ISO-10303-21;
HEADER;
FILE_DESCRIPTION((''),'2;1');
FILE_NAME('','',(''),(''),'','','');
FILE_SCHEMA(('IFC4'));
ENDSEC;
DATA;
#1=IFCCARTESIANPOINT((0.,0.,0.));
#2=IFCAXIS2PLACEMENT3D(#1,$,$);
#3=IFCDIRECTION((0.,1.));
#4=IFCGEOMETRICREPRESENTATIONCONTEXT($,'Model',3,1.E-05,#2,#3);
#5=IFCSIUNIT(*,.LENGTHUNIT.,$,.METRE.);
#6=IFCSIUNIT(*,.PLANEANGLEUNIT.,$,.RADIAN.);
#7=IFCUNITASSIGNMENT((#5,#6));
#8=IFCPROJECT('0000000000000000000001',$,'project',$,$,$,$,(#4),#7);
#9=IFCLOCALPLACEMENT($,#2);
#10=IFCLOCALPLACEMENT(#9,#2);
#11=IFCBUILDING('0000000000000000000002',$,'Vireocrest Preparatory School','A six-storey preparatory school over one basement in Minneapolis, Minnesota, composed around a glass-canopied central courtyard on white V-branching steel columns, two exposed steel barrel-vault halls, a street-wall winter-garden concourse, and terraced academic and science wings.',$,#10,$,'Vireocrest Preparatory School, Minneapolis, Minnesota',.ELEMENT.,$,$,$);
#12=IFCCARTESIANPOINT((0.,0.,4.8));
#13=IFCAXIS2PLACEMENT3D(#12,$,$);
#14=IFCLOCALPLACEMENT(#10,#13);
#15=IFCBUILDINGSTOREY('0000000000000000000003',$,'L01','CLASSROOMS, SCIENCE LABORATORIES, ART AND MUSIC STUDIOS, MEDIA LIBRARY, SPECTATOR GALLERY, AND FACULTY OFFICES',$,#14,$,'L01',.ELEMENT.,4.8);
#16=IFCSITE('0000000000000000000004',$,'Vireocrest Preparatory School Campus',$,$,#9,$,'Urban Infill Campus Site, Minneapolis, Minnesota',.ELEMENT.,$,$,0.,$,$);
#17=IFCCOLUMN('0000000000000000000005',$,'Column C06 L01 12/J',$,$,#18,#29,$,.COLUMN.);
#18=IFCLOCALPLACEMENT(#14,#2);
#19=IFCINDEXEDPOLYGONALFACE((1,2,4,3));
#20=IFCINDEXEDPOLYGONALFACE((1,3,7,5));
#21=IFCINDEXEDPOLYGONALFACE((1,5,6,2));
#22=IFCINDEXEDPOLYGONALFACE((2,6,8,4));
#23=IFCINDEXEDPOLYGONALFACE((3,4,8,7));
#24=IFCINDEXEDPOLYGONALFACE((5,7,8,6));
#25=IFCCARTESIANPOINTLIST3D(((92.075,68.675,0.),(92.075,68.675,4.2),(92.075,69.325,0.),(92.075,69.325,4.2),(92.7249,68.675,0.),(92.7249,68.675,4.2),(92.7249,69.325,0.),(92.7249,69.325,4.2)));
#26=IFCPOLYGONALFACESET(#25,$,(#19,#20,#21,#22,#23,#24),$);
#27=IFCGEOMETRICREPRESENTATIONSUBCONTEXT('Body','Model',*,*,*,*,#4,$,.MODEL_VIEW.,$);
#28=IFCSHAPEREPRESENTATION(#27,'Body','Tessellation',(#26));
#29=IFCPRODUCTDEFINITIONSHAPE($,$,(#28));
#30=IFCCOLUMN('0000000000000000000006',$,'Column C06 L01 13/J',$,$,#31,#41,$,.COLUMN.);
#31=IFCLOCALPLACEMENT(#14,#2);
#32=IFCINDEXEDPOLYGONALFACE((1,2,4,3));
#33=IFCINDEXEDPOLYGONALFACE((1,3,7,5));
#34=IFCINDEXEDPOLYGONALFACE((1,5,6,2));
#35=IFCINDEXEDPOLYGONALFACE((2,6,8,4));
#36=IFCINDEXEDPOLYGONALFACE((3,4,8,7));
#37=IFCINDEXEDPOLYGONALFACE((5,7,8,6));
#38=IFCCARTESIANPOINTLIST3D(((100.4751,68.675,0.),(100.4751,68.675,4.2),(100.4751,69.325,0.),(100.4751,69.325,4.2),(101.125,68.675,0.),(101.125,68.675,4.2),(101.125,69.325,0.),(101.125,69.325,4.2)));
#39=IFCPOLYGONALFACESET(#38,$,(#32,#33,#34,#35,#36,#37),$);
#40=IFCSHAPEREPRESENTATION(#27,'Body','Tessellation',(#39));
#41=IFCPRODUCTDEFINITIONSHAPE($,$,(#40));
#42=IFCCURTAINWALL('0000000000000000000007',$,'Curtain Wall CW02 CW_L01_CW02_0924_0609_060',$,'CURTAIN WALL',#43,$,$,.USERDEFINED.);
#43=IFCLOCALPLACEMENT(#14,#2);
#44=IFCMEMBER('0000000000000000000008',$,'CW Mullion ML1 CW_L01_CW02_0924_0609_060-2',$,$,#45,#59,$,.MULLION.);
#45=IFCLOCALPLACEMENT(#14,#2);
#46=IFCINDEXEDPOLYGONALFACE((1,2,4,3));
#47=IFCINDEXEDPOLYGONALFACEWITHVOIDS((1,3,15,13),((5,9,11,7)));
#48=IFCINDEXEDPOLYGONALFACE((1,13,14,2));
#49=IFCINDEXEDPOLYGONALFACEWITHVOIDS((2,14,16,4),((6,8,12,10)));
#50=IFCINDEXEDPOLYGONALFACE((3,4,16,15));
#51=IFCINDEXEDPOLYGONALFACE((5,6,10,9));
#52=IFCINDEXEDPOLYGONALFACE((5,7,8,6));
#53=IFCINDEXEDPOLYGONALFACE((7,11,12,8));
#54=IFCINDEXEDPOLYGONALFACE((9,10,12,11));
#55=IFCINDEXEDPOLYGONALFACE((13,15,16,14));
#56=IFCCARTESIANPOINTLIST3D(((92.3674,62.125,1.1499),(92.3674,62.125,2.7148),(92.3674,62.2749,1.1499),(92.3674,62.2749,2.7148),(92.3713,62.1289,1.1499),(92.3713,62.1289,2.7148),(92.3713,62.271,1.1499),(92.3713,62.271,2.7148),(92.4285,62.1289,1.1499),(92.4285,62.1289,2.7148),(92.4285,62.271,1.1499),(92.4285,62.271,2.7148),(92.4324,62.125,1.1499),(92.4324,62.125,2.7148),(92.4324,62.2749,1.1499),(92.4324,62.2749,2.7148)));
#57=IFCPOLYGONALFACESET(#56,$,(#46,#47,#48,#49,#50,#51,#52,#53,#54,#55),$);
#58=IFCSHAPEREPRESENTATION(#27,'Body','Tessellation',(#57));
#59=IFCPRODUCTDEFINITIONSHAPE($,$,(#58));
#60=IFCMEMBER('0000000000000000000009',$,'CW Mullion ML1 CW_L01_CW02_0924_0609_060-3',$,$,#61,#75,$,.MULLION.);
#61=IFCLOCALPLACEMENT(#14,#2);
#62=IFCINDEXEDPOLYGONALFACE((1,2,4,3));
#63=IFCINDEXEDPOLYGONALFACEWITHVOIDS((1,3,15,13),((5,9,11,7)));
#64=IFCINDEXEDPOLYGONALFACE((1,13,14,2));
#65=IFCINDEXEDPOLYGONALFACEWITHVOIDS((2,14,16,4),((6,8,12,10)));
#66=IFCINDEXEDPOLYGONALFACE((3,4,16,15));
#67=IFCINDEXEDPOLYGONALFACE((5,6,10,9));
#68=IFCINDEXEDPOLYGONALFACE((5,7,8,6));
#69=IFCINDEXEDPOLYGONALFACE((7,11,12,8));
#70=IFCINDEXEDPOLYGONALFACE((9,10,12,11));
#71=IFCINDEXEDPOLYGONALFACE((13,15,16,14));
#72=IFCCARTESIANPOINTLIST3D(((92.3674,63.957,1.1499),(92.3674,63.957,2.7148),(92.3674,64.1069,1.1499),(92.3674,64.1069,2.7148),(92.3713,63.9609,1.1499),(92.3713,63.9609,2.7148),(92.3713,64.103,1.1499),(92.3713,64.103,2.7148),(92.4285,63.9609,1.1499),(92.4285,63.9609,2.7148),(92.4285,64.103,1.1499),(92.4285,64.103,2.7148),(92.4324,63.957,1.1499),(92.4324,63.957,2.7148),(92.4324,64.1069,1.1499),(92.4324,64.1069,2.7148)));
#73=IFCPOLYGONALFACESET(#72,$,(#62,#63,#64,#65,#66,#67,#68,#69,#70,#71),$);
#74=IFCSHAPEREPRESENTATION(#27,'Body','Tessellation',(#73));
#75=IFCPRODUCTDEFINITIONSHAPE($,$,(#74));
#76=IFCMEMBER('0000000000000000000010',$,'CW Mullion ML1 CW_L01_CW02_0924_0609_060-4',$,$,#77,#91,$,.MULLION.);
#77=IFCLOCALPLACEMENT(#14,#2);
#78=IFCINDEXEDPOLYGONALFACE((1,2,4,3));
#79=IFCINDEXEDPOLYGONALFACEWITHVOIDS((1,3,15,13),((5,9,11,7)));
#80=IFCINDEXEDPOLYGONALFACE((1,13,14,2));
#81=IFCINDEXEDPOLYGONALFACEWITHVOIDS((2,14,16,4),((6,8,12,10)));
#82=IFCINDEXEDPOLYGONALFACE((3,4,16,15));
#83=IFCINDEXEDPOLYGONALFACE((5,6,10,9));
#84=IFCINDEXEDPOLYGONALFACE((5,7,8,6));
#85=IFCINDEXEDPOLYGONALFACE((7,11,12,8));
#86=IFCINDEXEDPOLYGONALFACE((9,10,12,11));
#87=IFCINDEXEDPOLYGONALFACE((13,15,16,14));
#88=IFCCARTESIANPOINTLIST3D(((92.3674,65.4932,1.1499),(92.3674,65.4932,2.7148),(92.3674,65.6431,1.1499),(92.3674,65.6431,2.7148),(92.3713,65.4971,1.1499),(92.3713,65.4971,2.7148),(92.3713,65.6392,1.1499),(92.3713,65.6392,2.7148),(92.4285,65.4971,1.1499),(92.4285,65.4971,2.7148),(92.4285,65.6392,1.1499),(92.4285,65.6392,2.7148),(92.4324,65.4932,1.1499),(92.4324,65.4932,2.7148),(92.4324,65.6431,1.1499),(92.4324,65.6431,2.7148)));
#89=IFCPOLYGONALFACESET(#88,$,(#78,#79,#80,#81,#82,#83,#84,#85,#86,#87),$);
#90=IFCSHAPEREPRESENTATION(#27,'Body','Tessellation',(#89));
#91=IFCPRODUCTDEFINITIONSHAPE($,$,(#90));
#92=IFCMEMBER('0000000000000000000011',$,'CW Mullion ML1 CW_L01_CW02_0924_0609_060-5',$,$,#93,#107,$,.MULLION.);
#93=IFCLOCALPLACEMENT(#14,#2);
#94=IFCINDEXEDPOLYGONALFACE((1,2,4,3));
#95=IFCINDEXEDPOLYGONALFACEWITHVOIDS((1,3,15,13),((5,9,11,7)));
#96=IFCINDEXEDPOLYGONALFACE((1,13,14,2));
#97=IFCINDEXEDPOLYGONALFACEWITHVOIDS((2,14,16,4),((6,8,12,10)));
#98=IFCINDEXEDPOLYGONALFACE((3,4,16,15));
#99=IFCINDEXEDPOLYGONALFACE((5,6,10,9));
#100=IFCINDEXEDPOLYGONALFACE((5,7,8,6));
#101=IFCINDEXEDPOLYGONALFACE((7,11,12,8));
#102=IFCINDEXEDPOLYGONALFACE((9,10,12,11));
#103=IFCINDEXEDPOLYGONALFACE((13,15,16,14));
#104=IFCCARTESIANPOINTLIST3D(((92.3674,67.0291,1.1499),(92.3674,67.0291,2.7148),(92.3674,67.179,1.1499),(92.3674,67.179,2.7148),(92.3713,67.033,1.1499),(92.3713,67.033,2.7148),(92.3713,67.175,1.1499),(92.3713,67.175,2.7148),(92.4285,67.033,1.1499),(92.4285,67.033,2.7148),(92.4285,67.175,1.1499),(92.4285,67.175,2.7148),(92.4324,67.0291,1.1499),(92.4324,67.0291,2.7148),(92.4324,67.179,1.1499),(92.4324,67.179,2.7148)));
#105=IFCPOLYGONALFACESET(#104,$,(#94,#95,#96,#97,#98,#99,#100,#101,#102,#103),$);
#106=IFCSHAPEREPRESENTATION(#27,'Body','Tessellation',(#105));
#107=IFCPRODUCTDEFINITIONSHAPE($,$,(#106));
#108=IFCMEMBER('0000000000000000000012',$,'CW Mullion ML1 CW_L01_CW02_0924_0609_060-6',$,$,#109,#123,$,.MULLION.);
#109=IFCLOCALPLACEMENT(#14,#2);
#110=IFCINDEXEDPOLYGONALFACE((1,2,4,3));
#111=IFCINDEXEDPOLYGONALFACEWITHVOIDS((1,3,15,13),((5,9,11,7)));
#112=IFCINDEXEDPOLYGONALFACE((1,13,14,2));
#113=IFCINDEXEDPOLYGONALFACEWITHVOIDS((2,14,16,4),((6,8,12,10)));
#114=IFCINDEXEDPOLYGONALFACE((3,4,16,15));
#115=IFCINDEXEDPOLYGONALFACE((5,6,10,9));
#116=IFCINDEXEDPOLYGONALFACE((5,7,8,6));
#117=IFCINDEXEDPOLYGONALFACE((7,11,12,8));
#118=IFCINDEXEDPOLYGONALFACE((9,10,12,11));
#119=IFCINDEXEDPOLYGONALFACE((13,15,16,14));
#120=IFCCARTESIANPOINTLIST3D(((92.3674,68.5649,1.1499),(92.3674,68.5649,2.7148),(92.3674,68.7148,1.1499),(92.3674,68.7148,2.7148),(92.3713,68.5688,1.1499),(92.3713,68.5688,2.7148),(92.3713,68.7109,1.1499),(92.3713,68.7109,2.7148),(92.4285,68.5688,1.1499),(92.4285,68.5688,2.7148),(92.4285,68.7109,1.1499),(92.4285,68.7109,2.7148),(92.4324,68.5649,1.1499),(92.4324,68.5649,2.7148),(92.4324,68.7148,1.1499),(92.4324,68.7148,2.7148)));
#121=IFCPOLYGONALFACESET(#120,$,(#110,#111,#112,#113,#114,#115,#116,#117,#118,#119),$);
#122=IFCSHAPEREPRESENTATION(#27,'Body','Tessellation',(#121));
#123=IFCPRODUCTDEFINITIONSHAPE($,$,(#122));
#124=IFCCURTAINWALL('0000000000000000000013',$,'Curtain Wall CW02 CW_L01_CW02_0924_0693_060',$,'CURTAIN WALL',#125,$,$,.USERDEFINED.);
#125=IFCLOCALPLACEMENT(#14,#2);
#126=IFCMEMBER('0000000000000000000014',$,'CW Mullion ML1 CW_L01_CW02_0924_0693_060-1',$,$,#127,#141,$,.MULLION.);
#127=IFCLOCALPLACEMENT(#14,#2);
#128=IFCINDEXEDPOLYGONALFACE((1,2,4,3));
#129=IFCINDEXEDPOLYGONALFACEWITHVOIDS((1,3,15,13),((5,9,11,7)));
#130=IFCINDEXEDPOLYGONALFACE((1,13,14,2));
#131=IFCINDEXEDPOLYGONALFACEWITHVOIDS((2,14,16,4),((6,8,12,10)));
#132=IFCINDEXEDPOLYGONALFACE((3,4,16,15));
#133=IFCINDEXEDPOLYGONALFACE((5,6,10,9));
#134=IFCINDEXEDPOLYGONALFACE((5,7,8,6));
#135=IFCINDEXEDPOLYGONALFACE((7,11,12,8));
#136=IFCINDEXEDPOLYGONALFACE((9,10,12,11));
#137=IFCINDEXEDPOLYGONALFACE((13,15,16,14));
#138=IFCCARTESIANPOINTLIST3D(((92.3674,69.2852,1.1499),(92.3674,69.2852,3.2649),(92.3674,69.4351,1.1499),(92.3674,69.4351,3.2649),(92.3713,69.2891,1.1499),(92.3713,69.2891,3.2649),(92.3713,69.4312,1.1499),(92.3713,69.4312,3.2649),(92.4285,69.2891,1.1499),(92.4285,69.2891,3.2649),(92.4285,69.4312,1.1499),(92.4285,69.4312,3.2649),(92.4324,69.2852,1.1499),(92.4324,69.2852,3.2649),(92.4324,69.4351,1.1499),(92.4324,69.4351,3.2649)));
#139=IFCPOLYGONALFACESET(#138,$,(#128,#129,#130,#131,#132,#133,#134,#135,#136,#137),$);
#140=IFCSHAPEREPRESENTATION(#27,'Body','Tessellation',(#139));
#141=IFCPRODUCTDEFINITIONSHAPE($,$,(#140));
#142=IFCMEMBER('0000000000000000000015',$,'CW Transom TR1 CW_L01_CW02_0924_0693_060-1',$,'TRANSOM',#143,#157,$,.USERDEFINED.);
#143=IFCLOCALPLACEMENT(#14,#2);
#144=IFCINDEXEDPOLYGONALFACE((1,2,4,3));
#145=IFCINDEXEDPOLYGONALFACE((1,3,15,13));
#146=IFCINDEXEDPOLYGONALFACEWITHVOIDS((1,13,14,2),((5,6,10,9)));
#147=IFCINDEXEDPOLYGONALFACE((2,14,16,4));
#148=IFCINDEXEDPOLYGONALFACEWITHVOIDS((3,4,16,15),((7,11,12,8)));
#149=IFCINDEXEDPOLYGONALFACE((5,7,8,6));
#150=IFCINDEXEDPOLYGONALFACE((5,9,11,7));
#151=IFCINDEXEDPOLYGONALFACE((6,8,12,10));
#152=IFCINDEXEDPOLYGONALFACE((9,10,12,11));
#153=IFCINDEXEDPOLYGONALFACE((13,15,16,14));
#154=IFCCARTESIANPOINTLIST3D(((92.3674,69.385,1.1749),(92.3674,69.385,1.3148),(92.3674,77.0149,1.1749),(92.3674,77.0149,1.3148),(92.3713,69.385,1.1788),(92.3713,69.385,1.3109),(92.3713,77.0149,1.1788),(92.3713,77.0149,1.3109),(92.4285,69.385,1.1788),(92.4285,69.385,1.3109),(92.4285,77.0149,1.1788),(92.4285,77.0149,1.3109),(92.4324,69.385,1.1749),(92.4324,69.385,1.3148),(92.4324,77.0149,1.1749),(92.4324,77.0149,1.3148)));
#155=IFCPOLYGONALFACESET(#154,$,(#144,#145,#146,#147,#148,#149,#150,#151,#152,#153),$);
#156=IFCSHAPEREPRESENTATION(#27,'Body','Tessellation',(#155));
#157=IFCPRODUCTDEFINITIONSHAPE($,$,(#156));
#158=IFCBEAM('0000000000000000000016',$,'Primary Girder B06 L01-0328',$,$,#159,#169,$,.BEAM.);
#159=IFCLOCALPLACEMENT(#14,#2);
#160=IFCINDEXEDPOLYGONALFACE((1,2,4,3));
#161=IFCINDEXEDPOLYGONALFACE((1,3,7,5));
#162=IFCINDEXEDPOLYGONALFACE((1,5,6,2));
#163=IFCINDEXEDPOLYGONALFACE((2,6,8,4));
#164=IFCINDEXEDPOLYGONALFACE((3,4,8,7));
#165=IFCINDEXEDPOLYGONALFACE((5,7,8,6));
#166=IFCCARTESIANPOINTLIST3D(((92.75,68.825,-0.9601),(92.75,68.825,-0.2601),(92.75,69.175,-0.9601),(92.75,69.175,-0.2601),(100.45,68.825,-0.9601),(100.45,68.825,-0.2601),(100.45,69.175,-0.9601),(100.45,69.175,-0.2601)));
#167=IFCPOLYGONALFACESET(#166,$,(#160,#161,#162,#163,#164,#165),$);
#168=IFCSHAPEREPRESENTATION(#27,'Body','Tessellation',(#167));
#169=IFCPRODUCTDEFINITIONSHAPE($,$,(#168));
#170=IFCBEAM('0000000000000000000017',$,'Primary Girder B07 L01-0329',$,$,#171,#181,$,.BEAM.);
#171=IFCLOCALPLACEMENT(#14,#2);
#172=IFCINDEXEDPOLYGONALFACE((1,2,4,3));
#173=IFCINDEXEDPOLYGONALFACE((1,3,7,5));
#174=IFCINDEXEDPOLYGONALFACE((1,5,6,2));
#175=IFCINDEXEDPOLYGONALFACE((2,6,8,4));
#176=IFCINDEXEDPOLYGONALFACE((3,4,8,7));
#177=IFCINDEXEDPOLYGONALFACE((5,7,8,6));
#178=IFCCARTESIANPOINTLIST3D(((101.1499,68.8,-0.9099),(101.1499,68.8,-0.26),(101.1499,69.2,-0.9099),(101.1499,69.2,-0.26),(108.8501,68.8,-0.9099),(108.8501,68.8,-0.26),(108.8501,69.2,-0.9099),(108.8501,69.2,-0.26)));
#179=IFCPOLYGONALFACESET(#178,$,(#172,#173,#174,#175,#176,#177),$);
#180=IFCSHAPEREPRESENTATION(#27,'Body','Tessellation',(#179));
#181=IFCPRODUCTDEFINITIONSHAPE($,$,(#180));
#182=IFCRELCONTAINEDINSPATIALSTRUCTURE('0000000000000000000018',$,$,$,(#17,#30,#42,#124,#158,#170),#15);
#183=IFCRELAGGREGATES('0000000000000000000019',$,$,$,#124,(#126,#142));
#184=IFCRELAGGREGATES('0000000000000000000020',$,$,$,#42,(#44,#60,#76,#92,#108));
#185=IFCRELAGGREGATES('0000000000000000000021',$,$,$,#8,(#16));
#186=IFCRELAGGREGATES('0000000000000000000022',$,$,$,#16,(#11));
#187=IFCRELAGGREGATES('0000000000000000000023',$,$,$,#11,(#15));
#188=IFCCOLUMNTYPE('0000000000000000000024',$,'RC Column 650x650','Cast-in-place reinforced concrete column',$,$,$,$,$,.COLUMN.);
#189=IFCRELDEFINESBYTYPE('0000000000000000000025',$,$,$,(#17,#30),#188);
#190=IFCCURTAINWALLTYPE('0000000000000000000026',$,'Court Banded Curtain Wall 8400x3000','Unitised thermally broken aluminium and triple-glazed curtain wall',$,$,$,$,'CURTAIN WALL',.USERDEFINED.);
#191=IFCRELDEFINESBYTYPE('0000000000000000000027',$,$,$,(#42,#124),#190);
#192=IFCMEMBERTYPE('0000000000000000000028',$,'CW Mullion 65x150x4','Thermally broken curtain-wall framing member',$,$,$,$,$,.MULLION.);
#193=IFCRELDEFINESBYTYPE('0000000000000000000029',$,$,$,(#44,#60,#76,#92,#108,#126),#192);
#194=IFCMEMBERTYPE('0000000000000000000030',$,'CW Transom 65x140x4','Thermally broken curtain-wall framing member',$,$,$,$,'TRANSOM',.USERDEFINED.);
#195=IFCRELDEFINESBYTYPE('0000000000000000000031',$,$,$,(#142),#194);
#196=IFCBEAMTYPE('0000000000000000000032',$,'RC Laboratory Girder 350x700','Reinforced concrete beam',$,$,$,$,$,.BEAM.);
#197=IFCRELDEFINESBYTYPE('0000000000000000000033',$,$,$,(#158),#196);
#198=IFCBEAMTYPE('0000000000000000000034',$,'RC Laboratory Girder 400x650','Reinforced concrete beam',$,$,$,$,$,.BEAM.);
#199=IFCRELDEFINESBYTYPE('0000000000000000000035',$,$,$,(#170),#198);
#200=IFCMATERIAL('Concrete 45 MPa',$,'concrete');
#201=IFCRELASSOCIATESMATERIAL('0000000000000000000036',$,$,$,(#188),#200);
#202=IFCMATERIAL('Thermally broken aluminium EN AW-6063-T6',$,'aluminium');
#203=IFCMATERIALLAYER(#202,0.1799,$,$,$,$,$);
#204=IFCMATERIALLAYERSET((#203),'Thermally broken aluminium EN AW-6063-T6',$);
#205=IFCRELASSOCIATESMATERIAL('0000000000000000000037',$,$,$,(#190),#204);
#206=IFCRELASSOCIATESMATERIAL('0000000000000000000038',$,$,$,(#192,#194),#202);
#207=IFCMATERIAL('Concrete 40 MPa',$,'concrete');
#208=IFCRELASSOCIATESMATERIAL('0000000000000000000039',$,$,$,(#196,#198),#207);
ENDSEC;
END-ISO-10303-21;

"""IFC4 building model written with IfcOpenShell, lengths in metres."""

from ifc_helpers import new_model, si_unit, direction, frame, origin, origin_2d, place, context, subcontext, project, spatial, rectangle, hollow_rectangle, extrude, material, layer, layer_set, material_profile, profile_set, type_object, element, aggregate, save


model = new_model("IFC4")

# Units and contexts
model_context = context("Model", 3, precision=1e-05, world=origin(), true_north=direction((0.0, 1.0)))
body_context = subcontext(model_context, "Body", "Model", "MODEL_VIEW")
ifc_project = project(units=[si_unit("LENGTHUNIT", "METRE"), si_unit("PLANEANGLEUNIT", "RADIAN")], contexts=[model_context])

# Site, building, storey
site_placement = place(None, origin())
site = spatial("IfcSite", under=ifc_project, at=site_placement, Name="Vireocrest Preparatory School Campus", LongName="Urban Infill Campus Site, Minneapolis, Minnesota", CompositionType="ELEMENT", RefElevation=0.0)
building_placement = place(site_placement, origin())
building = spatial("IfcBuilding", under=site, at=building_placement, Name="Vireocrest Preparatory School", Description="A six-storey preparatory school over one basement in Minneapolis, Minnesota, composed around a glass-canopied central courtyard on white V-branching steel columns, two exposed steel barrel-vault halls, a street-wall winter-garden concourse, and terraced academic and science wings.", LongName="Vireocrest Preparatory School, Minneapolis, Minnesota", CompositionType="ELEMENT")
storey_placement = place(building_placement, frame((0.0, 0.0, 4.8)))
storey = spatial("IfcBuildingStorey", under=building, at=storey_placement, Name="L01", Description="CLASSROOMS, SCIENCE LABORATORIES, ART AND MUSIC STUDIOS, MEDIA LIBRARY, SPECTATOR GALLERY, AND FACULTY OFFICES", LongName="L01", CompositionType="ELEMENT", Elevation=4.8)

# Columns
ifc_material_1 = material(Name="Concrete 45 MPa", Category="concrete")
ifc_material_profile_1 = material_profile(ifc_material_1, rectangle(XDim=0.6499, YDim=0.6499, at=origin_2d()), Name="RC 650x650")
ifc_profile_set_1 = profile_set([ifc_material_profile_1], Name="Concrete 45 MPa")
column_type = type_object("IfcColumnType", Name="RC Column 650x650", Description="Cast-in-place reinforced concrete column", PredefinedType="COLUMN", material=ifc_profile_set_1)
for number, where, z_axis, x_axis, name in (
    (1, (92.3999, 69.0, 0.0), (0.0, 0.0, 1.0), (1.0, 0.0, 0.0), "Column C06 L01 12/J"),
    (2, (100.8, 69.0, 0.0), (0.0, 0.0, 1.0), (1.0, 0.0, 0.0), "Column C06 L01 13/J"),
):
    element("IfcColumn", number, at=place(storey_placement, frame(where, z_axis=z_axis, x_axis=x_axis)), inside=storey, type_object=column_type, Name=name, PredefinedType="COLUMN", context=body_context, shape_type="SweptSolid", body=[
        extrude(rectangle(XDim=0.6499, YDim=0.6499, at=origin_2d()), origin(), (0.0, 0.0, 1.0), 4.2),
    ])

# Curtain walls, members
ifc_material_2 = material(Name="Thermally broken aluminium EN AW-6063-T6", Category="aluminium")
ifc_layer_1 = layer(ifc_material_2, 0.1799)
ifc_layer_set_1 = layer_set([ifc_layer_1], Name="Thermally broken aluminium EN AW-6063-T6")
curtain_wall_type = type_object("IfcCurtainWallType", Name="Court Banded Curtain Wall 8400x3000", Description="Unitised thermally broken aluminium and triple-glazed curtain wall", ElementType="CURTAIN WALL", PredefinedType="USERDEFINED", material=ifc_layer_set_1)
curtain_wall_1_placement = place(storey_placement, origin())
curtain_wall_1 = element("IfcCurtainWall", 3, at=curtain_wall_1_placement, inside=storey, type_object=curtain_wall_type, Name="Curtain Wall CW02 CW_L01_CW02_0924_0609_060", ObjectType="CURTAIN WALL", PredefinedType="USERDEFINED")
ifc_material_profile_2 = material_profile(ifc_material_2, hollow_rectangle(XDim=0.0649, YDim=0.1499, WallThickness=0.0039, at=origin_2d()), Name="ALU 65x150x4")
ifc_profile_set_2 = profile_set([ifc_material_profile_2], Name="Thermally broken aluminium EN AW-6063-T6")
member_type_1 = type_object("IfcMemberType", Name="CW Mullion 65x150x4", Description="Thermally broken curtain-wall framing member", PredefinedType="MULLION", material=ifc_profile_set_2)
member_1_placement = place(storey_placement, frame((92.3999, 62.2, 1.1499), z_axis=(0.0, 0.0, 1.0), x_axis=(1.0, 0.0, 0.0)))
member_1 = element("IfcMember", 4, at=member_1_placement, type_object=member_type_1, Name="CW Mullion ML1 CW_L01_CW02_0924_0609_060-2", PredefinedType="MULLION", context=body_context, shape_type="SweptSolid", body=[
    extrude(hollow_rectangle(XDim=0.0649, YDim=0.1499, WallThickness=0.0039, at=origin_2d()), origin(), (0.0, 0.0, 1.0), 1.5649),
])
member_2_placement = place(storey_placement, frame((92.3999, 64.032, 1.1499), z_axis=(0.0, 0.0, 1.0), x_axis=(1.0, 0.0, 0.0)))
member_2 = element("IfcMember", 5, at=member_2_placement, type_object=member_type_1, Name="CW Mullion ML1 CW_L01_CW02_0924_0609_060-3", PredefinedType="MULLION", context=body_context, shape_type="SweptSolid", body=[
    extrude(hollow_rectangle(XDim=0.0649, YDim=0.1499, WallThickness=0.0039, at=origin_2d()), origin(), (0.0, 0.0, 1.0), 1.5649),
])
member_3_placement = place(storey_placement, frame((92.3999, 65.5681, 1.1499), z_axis=(0.0, 0.0, 1.0), x_axis=(1.0, 0.0, 0.0)))
member_3 = element("IfcMember", 6, at=member_3_placement, type_object=member_type_1, Name="CW Mullion ML1 CW_L01_CW02_0924_0609_060-4", PredefinedType="MULLION", context=body_context, shape_type="SweptSolid", body=[
    extrude(hollow_rectangle(XDim=0.0649, YDim=0.1499, WallThickness=0.0039, at=origin_2d()), origin(), (0.0, 0.0, 1.0), 1.5649),
])
member_4_placement = place(storey_placement, frame((92.3999, 67.104, 1.1499), z_axis=(0.0, 0.0, 1.0), x_axis=(1.0, 0.0, 0.0)))
member_4 = element("IfcMember", 7, at=member_4_placement, type_object=member_type_1, Name="CW Mullion ML1 CW_L01_CW02_0924_0609_060-5", PredefinedType="MULLION", context=body_context, shape_type="SweptSolid", body=[
    extrude(hollow_rectangle(XDim=0.0649, YDim=0.1499, WallThickness=0.0039, at=origin_2d()), origin(), (0.0, 0.0, 1.0), 1.5649),
])
member_5_placement = place(storey_placement, frame((92.3999, 68.6399, 1.1499), z_axis=(0.0, 0.0, 1.0), x_axis=(1.0, 0.0, 0.0)))
member_5 = element("IfcMember", 8, at=member_5_placement, type_object=member_type_1, Name="CW Mullion ML1 CW_L01_CW02_0924_0609_060-6", PredefinedType="MULLION", context=body_context, shape_type="SweptSolid", body=[
    extrude(hollow_rectangle(XDim=0.0649, YDim=0.1499, WallThickness=0.0039, at=origin_2d()), origin(), (0.0, 0.0, 1.0), 1.5649),
])
curtain_wall_2_placement = place(storey_placement, origin())
curtain_wall_2 = element("IfcCurtainWall", 9, at=curtain_wall_2_placement, inside=storey, type_object=curtain_wall_type, Name="Curtain Wall CW02 CW_L01_CW02_0924_0693_060", ObjectType="CURTAIN WALL", PredefinedType="USERDEFINED")
member_6_placement = place(storey_placement, frame((92.3999, 69.3601, 1.1499), z_axis=(0.0, 0.0, 1.0), x_axis=(1.0, 0.0, 0.0)))
member_6 = element("IfcMember", 10, at=member_6_placement, type_object=member_type_1, Name="CW Mullion ML1 CW_L01_CW02_0924_0693_060-1", PredefinedType="MULLION", context=body_context, shape_type="SweptSolid", body=[
    extrude(hollow_rectangle(XDim=0.0649, YDim=0.1499, WallThickness=0.0039, at=origin_2d()), origin(), (0.0, 0.0, 1.0), 2.115),
])
ifc_material_profile_3 = material_profile(ifc_material_2, hollow_rectangle(XDim=0.0649, YDim=0.1399, WallThickness=0.0039, at=origin_2d()), Name="ALU 65x140x4")
ifc_profile_set_3 = profile_set([ifc_material_profile_3], Name="Thermally broken aluminium EN AW-6063-T6")
member_type_2 = type_object("IfcMemberType", Name="CW Transom 65x140x4", Description="Thermally broken curtain-wall framing member", ElementType="TRANSOM", PredefinedType="USERDEFINED", material=ifc_profile_set_3)
member_7_placement = place(storey_placement, frame((92.3999, 69.385, 1.2449), z_axis=(0.0, 1.0, 0.0), x_axis=(-1.0, 0.0, 0.0)))
member_7 = element("IfcMember", 11, at=member_7_placement, type_object=member_type_2, Name="CW Transom TR1 CW_L01_CW02_0924_0693_060-1", ObjectType="TRANSOM", PredefinedType="USERDEFINED", context=body_context, shape_type="SweptSolid", body=[
    extrude(hollow_rectangle(XDim=0.0649, YDim=0.1399, WallThickness=0.0039, at=origin_2d()), origin(), (0.0, 0.0, 1.0), 7.6299),
])
aggregate(curtain_wall_2, [member_6, member_7])

# Beams
ifc_material_3 = material(Name="Concrete 40 MPa", Category="concrete")
ifc_material_profile_4 = material_profile(ifc_material_3, rectangle(XDim=0.3501, YDim=0.7, at=origin_2d()), Name="RC 350x700")
ifc_profile_set_4 = profile_set([ifc_material_profile_4], Name="Concrete 40 MPa")
beam_type_1 = type_object("IfcBeamType", Name="RC Laboratory Girder 350x700", Description="Reinforced concrete beam", PredefinedType="BEAM", material=ifc_profile_set_4)
beam_1_placement = place(storey_placement, frame((92.75, 69.0, -0.6101), z_axis=(1.0, 0.0, 0.0), x_axis=(0.0, 1.0, 0.0)))
element("IfcBeam", 12, at=beam_1_placement, inside=storey, type_object=beam_type_1, Name="Primary Girder B06 L01-0328", PredefinedType="BEAM", context=body_context, shape_type="SweptSolid", body=[
    extrude(rectangle(XDim=0.3501, YDim=0.7, at=origin_2d()), origin(), (0.0, 0.0, 1.0), 7.7),
])
ifc_material_profile_5 = material_profile(ifc_material_3, rectangle(XDim=0.3999, YDim=0.6499, at=origin_2d()), Name="RC 400x650")
ifc_profile_set_5 = profile_set([ifc_material_profile_5], Name="Concrete 40 MPa")
beam_type_2 = type_object("IfcBeamType", Name="RC Laboratory Girder 400x650", Description="Reinforced concrete beam", PredefinedType="BEAM", material=ifc_profile_set_5)
beam_2_placement = place(storey_placement, frame((101.1499, 69.0, -0.585), z_axis=(1.0, 0.0, 0.0), x_axis=(0.0, 1.0, 0.0)))
element("IfcBeam", 13, at=beam_2_placement, inside=storey, type_object=beam_type_2, Name="Primary Girder B07 L01-0329", PredefinedType="BEAM", context=body_context, shape_type="SweptSolid", body=[
    extrude(rectangle(XDim=0.3999, YDim=0.6499, at=origin_2d()), origin(), (0.0, 0.0, 1.0), 7.7002),
])

aggregate(curtain_wall_1, [member_1, member_2, member_3, member_4, member_5])

save(model, "model.ifc")
